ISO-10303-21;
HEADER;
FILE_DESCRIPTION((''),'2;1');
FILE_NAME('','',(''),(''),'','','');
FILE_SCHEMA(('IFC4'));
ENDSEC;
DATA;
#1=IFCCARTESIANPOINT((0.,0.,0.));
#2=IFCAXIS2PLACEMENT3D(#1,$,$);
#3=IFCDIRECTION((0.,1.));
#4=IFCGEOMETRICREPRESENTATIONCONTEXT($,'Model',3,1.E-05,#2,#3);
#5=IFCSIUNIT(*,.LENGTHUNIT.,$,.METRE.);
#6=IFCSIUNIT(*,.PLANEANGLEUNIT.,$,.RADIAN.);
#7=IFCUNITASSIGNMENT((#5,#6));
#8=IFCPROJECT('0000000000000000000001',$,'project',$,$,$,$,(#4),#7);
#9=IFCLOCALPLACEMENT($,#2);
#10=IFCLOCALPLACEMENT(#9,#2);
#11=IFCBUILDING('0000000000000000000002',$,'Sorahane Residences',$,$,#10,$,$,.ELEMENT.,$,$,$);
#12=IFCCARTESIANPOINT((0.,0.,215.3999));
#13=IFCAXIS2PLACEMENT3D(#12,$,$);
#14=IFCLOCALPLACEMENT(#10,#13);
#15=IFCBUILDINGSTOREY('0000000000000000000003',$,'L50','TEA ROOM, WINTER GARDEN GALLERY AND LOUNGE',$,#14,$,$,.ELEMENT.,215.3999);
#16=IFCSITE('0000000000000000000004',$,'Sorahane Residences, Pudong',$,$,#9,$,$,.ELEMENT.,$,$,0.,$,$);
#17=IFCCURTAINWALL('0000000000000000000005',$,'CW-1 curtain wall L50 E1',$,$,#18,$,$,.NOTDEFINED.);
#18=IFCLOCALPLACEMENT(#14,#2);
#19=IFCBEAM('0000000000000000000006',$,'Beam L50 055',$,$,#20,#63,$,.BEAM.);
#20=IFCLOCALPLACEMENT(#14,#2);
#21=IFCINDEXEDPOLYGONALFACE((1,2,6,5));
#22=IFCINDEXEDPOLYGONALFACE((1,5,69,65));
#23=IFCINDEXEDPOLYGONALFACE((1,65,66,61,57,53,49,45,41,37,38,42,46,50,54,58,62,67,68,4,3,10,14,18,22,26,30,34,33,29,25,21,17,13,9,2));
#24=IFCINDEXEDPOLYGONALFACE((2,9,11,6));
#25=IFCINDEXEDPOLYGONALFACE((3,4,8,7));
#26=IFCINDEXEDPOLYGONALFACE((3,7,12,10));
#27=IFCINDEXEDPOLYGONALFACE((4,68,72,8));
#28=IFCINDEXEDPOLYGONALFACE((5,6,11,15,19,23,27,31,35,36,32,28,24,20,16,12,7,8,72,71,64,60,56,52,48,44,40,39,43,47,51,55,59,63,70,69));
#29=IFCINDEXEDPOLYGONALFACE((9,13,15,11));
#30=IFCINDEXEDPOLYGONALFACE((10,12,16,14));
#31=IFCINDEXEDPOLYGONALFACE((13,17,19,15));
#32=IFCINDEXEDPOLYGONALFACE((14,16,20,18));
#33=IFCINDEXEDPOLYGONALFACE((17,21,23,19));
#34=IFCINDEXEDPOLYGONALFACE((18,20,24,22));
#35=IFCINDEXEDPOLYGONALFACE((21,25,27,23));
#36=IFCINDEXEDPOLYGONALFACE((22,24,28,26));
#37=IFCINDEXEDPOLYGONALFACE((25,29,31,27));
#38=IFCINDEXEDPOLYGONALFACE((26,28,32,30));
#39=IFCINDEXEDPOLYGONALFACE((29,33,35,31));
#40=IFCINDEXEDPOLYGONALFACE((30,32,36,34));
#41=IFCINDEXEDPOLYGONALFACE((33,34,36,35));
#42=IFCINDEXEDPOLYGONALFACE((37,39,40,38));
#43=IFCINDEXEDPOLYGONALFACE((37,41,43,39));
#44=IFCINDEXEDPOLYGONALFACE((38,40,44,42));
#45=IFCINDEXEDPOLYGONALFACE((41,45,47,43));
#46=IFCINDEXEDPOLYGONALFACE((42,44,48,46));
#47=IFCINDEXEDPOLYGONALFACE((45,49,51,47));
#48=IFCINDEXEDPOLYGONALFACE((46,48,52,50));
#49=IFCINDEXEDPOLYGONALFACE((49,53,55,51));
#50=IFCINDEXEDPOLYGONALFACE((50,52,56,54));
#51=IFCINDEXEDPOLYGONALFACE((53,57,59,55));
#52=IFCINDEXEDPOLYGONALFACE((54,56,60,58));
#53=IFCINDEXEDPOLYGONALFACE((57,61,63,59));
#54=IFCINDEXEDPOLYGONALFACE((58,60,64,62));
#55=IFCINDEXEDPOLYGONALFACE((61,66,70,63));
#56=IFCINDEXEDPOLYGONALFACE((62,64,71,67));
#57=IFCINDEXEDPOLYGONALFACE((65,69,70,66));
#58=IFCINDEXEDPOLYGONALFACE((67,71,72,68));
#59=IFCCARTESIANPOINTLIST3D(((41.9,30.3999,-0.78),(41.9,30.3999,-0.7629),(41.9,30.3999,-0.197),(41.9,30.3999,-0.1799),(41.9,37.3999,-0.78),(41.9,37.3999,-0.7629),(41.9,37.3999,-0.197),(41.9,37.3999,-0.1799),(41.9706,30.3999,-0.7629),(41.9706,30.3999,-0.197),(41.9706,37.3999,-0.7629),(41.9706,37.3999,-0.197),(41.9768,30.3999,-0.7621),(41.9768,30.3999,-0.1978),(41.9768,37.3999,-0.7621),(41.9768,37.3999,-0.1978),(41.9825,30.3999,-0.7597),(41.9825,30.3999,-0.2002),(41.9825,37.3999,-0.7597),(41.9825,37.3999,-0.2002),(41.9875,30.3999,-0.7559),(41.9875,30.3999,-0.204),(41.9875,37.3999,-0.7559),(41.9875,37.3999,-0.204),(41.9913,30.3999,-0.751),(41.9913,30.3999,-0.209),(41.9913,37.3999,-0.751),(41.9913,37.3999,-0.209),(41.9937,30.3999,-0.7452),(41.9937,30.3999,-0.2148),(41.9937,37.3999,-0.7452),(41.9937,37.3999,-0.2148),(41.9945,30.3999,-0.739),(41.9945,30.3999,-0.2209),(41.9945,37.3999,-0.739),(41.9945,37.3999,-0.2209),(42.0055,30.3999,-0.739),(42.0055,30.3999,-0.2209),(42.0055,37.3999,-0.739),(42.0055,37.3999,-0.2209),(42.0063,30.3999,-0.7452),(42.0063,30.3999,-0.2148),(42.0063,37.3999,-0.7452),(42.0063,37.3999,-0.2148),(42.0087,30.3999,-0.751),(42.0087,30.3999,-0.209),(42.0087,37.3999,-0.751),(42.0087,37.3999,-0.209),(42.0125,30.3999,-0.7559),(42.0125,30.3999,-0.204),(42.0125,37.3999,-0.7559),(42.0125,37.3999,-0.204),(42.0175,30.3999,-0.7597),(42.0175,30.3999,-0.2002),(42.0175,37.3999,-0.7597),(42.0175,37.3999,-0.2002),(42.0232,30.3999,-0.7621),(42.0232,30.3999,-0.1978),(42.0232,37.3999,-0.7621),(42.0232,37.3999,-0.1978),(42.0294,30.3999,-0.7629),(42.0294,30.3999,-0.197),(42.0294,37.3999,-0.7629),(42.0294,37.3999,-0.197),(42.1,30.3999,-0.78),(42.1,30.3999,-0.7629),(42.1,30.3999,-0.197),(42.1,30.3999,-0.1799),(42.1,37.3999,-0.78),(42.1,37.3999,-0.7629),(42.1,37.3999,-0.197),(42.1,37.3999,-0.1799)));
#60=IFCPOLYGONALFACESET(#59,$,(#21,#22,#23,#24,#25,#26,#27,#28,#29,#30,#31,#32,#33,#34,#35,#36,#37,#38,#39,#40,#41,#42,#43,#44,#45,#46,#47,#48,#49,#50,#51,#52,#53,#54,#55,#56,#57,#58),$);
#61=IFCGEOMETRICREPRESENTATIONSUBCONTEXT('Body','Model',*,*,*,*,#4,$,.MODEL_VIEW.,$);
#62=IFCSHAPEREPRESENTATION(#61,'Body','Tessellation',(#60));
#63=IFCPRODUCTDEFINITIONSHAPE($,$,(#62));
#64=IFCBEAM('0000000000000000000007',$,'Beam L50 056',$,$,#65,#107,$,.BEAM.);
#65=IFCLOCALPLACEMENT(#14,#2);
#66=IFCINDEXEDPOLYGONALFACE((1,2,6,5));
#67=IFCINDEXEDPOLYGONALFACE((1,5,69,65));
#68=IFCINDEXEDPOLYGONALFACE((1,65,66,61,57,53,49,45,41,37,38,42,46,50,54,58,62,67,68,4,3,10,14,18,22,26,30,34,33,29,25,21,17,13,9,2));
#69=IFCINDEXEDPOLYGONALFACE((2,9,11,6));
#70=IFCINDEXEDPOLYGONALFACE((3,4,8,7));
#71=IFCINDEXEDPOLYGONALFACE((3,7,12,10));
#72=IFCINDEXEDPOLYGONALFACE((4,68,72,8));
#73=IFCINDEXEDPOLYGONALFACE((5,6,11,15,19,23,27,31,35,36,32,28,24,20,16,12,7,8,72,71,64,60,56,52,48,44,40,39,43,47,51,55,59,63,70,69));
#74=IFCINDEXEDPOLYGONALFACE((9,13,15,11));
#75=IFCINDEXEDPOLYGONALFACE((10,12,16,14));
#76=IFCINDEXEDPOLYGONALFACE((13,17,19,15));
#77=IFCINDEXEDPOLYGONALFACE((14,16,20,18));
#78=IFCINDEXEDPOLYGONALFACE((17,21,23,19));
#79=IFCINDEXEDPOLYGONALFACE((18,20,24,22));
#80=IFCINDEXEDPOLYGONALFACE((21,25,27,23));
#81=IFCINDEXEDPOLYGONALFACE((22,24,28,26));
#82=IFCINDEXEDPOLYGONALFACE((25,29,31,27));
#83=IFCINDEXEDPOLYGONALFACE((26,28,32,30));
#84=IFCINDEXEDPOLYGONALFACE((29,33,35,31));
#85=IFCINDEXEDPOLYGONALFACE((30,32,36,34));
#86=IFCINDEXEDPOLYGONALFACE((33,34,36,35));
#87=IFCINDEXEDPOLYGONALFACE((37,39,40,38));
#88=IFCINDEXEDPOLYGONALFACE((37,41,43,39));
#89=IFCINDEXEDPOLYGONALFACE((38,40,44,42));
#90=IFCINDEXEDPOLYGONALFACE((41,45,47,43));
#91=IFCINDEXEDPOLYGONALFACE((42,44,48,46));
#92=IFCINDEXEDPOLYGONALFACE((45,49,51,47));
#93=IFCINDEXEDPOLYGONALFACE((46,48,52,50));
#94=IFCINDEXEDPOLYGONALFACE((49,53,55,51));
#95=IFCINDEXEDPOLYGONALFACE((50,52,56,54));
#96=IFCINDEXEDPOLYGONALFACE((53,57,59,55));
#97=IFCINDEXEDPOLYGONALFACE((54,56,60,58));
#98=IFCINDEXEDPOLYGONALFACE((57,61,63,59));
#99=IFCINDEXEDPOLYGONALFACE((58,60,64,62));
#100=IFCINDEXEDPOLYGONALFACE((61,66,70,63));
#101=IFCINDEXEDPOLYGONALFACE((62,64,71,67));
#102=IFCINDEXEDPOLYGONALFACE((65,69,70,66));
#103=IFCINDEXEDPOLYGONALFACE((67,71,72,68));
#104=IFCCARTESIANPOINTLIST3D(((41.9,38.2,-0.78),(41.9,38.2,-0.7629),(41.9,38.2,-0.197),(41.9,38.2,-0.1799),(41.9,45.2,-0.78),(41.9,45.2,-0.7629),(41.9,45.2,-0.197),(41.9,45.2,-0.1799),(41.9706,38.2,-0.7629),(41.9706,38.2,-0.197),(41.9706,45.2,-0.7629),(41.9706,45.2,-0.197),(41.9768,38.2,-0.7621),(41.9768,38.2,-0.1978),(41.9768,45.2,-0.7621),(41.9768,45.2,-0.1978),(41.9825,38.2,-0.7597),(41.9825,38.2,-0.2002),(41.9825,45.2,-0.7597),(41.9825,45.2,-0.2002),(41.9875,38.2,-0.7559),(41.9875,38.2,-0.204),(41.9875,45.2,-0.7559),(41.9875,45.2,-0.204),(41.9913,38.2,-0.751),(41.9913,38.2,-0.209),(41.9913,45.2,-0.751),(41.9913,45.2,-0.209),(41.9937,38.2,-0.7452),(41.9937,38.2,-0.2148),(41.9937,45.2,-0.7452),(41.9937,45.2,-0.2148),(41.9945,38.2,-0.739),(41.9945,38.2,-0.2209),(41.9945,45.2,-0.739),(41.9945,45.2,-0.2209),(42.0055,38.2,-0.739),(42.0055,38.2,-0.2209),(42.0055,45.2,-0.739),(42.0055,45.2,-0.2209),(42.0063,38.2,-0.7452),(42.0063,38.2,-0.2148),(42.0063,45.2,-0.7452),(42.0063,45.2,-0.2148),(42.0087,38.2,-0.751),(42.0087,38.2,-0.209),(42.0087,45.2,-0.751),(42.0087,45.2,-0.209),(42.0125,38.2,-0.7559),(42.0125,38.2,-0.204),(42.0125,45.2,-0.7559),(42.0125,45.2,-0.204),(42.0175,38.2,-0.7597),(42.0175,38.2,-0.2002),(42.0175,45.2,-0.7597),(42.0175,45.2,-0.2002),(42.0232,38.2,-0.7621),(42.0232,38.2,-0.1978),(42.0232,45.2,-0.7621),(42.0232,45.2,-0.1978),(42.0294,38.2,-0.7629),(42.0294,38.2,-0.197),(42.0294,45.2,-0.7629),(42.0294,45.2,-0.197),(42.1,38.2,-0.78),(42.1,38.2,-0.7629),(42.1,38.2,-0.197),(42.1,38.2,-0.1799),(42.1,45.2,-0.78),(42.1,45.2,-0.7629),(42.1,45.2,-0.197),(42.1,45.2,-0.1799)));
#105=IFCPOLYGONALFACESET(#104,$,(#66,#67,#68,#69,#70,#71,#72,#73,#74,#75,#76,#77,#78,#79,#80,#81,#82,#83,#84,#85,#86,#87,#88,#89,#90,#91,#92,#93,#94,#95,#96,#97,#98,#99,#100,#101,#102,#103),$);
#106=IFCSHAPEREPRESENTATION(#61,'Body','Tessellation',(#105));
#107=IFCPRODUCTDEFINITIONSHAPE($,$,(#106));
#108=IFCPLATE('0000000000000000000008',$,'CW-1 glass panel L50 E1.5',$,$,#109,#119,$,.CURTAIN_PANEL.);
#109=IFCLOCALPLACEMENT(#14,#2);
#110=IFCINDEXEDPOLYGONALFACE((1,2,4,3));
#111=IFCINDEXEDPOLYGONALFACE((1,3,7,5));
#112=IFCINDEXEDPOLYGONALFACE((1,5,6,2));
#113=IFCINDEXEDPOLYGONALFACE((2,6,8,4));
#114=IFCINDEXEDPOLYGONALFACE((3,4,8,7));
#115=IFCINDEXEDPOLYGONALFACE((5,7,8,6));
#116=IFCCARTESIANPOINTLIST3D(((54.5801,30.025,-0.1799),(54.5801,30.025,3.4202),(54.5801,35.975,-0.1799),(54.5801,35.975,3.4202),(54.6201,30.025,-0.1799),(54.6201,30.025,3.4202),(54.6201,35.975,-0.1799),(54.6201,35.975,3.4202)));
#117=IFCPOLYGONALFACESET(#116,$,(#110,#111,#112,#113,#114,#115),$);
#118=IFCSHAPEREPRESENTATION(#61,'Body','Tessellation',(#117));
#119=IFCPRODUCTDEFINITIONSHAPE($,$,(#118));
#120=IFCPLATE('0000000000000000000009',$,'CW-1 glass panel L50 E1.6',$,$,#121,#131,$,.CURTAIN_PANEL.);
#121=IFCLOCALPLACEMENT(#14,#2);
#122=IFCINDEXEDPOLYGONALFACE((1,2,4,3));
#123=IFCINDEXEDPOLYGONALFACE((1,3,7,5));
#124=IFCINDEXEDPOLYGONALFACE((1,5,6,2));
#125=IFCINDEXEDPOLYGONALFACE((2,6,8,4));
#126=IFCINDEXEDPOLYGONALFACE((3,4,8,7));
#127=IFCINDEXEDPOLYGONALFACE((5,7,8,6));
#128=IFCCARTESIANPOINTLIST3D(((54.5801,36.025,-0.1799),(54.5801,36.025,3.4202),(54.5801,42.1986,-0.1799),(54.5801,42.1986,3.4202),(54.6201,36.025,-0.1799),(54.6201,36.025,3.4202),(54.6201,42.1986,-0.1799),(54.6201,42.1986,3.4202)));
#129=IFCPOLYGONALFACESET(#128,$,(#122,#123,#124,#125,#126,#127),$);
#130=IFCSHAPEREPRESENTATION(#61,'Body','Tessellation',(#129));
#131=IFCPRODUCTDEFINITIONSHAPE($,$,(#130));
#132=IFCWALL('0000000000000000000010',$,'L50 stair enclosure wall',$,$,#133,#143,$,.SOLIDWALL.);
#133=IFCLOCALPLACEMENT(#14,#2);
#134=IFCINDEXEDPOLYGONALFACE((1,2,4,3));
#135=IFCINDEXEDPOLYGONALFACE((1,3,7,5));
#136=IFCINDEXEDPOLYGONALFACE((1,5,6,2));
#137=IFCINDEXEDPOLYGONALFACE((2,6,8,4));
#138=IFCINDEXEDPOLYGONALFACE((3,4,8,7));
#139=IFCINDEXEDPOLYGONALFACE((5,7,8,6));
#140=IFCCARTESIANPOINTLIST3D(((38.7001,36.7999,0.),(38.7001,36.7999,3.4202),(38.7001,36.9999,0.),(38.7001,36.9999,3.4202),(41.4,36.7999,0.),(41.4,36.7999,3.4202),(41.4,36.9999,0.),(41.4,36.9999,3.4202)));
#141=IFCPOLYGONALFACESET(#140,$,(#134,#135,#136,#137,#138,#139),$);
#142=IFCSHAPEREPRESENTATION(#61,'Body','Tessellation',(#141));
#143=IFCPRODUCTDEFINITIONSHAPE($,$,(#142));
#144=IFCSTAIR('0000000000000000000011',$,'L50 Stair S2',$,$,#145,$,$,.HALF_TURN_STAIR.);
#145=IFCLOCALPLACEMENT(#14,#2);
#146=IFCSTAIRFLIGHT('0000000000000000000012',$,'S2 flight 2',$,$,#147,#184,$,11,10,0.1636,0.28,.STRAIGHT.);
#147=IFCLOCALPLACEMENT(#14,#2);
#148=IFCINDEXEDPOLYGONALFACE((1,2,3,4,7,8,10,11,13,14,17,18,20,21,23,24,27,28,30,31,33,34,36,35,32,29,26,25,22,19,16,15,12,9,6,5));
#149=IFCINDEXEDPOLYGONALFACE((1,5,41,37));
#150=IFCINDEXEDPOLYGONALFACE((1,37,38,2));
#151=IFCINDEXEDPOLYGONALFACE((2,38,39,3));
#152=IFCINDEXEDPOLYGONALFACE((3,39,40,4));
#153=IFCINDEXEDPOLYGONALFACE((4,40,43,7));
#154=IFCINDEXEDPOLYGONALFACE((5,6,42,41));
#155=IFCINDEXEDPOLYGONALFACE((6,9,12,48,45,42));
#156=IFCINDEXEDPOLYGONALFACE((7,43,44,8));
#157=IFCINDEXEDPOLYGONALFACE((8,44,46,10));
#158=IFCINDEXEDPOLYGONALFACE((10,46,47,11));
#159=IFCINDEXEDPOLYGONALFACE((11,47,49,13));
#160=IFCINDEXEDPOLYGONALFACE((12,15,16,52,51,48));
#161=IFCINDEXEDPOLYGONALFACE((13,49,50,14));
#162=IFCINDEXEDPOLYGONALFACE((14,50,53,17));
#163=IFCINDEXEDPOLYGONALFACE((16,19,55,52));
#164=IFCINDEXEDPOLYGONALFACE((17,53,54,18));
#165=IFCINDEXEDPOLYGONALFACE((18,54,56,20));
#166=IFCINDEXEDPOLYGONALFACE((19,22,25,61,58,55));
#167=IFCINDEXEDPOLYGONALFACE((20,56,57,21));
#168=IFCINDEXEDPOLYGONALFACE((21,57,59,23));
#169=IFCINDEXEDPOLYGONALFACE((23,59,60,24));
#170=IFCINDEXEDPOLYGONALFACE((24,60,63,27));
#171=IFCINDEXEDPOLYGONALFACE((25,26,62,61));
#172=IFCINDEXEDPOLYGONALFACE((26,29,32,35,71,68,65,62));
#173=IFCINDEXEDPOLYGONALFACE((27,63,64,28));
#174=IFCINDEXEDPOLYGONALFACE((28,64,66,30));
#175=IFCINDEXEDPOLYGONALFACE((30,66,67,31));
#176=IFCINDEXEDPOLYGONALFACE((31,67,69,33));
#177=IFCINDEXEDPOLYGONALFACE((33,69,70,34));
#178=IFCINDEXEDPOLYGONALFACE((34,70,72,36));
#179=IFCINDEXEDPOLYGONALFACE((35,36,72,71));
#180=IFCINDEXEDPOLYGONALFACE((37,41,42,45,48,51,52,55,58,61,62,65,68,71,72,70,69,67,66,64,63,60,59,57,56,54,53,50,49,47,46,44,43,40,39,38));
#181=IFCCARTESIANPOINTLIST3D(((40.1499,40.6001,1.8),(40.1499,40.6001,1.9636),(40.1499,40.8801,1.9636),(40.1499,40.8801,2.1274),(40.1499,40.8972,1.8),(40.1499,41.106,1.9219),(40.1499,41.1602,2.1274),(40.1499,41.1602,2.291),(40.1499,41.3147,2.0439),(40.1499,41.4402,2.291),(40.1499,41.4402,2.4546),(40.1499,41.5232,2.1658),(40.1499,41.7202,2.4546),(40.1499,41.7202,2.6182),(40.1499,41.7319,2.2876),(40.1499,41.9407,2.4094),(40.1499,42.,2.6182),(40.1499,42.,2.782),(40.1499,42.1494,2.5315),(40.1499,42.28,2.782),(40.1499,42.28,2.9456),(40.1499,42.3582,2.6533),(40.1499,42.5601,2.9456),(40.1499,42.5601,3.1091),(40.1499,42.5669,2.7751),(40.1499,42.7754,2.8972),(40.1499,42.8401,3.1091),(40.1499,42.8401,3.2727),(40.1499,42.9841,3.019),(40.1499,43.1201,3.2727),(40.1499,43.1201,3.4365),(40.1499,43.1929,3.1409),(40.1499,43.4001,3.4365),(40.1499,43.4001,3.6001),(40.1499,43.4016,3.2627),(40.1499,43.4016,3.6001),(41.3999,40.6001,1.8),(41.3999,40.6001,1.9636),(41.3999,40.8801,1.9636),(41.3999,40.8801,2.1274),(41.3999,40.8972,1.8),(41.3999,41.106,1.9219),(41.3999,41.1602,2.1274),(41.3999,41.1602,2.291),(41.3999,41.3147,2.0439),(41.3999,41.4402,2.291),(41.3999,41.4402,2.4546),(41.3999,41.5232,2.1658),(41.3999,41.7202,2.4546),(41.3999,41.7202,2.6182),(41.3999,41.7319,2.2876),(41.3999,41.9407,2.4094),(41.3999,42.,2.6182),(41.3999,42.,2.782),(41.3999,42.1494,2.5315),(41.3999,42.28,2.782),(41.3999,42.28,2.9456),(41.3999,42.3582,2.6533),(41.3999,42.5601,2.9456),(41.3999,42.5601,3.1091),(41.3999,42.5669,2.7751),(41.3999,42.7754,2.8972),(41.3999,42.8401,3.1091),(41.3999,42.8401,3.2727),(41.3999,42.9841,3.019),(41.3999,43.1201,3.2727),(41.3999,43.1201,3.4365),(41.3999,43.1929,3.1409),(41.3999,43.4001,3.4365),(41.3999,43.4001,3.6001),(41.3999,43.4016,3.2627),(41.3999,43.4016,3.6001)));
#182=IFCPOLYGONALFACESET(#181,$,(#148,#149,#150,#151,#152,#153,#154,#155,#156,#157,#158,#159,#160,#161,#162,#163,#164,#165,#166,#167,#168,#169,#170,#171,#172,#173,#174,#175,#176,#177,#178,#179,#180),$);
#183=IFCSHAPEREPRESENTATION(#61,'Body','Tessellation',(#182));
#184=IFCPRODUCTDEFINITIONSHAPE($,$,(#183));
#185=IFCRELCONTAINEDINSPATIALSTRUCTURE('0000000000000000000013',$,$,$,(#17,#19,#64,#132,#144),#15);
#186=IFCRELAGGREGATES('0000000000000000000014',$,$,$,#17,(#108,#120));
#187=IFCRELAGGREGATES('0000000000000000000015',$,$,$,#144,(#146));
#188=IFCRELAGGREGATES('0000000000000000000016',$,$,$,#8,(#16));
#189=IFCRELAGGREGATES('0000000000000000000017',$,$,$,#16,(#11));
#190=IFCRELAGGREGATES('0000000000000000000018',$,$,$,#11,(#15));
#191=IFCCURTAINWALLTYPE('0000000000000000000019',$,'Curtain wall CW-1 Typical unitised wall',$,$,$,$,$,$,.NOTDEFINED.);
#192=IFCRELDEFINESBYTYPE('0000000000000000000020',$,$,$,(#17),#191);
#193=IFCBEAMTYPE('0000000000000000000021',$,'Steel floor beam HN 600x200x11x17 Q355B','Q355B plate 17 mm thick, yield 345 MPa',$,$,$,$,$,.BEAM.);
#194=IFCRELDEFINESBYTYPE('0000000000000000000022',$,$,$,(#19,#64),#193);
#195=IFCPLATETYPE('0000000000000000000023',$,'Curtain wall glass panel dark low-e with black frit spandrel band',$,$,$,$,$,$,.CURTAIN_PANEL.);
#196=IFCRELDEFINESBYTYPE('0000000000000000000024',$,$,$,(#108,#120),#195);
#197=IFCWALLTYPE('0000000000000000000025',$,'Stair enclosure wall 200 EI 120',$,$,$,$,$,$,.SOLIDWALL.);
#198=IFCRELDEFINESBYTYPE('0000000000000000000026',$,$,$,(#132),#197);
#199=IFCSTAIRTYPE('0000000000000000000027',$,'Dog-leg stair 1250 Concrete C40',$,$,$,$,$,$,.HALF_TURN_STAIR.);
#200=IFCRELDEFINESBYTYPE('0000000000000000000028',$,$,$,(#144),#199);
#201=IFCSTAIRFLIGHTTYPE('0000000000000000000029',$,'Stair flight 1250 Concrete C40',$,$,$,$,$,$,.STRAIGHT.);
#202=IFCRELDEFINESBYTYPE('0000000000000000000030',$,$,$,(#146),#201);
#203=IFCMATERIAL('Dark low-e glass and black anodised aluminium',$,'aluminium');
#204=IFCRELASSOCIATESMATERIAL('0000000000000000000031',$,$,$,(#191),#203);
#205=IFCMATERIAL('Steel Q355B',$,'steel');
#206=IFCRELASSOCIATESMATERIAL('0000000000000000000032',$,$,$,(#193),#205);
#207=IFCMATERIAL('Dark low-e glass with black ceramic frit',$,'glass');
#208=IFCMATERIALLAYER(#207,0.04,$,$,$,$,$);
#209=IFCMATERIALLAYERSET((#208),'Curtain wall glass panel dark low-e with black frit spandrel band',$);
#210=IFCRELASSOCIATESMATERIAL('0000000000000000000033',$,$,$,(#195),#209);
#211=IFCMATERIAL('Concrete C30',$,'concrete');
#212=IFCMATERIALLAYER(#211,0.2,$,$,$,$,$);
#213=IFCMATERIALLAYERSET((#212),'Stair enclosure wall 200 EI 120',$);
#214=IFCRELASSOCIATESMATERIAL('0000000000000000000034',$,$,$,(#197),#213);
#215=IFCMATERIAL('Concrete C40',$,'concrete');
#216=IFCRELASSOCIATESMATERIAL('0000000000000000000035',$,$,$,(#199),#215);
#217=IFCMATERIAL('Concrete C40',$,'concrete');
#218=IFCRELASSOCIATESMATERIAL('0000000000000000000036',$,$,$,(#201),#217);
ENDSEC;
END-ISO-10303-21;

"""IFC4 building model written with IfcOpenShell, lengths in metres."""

from ifc_helpers import new_model, si_unit, direction, frame, frame_2d, origin, origin_2d, place, context, subcontext, project, spatial, polyline, rectangle, i_section, outline, extrude, material, layer, layer_set, material_profile, profile_set, type_object, element, aggregate, save


model = new_model("IFC4")

# Units and contexts
model_context = context("Model", 3, precision=1e-05, world=origin(), true_north=direction((0.0, 1.0)))
body_context = subcontext(model_context, "Body", "Model", "MODEL_VIEW")
ifc_project = project(units=[si_unit("LENGTHUNIT", "METRE"), si_unit("PLANEANGLEUNIT", "RADIAN")], contexts=[model_context])

# Site, building, storey
site_placement = place(None, origin())
site = spatial("IfcSite", under=ifc_project, at=site_placement, Name="Sorahane Residences, Pudong", CompositionType="ELEMENT", RefElevation=0.0)
building_placement = place(site_placement, origin())
building = spatial("IfcBuilding", under=site, at=building_placement, Name="Sorahane Residences", CompositionType="ELEMENT")
storey_placement = place(building_placement, frame((0.0, 0.0, 215.3999)))
storey = spatial("IfcBuildingStorey", under=building, at=storey_placement, Name="L50", Description="TEA ROOM, WINTER GARDEN GALLERY AND LOUNGE", CompositionType="ELEMENT", Elevation=215.3999)

# Curtain wall
ifc_material_1 = material(Name="Dark low-e glass and black anodised aluminium", Category="aluminium")
curtain_wall_type = type_object("IfcCurtainWallType", Name="Curtain wall CW-1 Typical unitised wall", PredefinedType="NOTDEFINED", material=ifc_material_1)
curtain_wall_placement = place(storey_placement, origin())
curtain_wall = element("IfcCurtainWall", 1, at=curtain_wall_placement, inside=storey, type_object=curtain_wall_type, Name="CW-1 curtain wall L50 E1", PredefinedType="NOTDEFINED")

# Beams
ifc_material_2 = material(Name="Steel Q355B", Category="steel")
ifc_material_profile_1 = material_profile(ifc_material_2, i_section(OverallWidth=0.2, OverallDepth=0.6001, WebThickness=0.011, FlangeThickness=0.0171, FilletRadius=0.0239, at=origin_2d()), Name="HN 600x200x11x17")
ifc_profile_set_1 = profile_set([ifc_material_profile_1], Name="Steel Q355B")
beam_type_1 = type_object("IfcBeamType", Name="Steel floor beam HN 600x200x11x17 Q355B", Description="Q355B plate 17 mm thick, yield 345 MPa", PredefinedType="BEAM", material=ifc_profile_set_1)
for number, where, z_axis, x_axis, name in (
    (2, (42.0, 30.3999, -0.48), (0.0, 1.0, 0.0), (-1.0, 0.0, 0.0), "Beam L50 055"),
    (3, (42.0, 38.2, -0.48), (0.0, 1.0, 0.0), (-1.0, 0.0, 0.0), "Beam L50 056"),
):
    element("IfcBeam", number, at=place(storey_placement, frame(where, z_axis=z_axis, x_axis=x_axis)), inside=storey, type_object=beam_type_1, Name=name, PredefinedType="BEAM", context=body_context, shape_type="SweptSolid", body=[
        extrude(i_section(OverallWidth=0.2, OverallDepth=0.6001, WebThickness=0.011, FlangeThickness=0.0171, FilletRadius=0.0239, at=origin_2d()), origin(), (0.0, 0.0, 1.0), 7.0),
    ])

# Plates
ifc_material_3 = material(Name="Dark low-e glass with black ceramic frit", Category="glass")
ifc_layer_1 = layer(ifc_material_3, 0.04)
ifc_layer_set_1 = layer_set([ifc_layer_1], Name="Curtain wall glass panel dark low-e with black frit spandrel band")
plate_type = type_object("IfcPlateType", Name="Curtain wall glass panel dark low-e with black frit spandrel band", PredefinedType="CURTAIN_PANEL", material=ifc_layer_set_1)
plate_1_placement = place(storey_placement, frame((54.6001, 33.0, -0.1799), z_axis=(0.0, 0.0, 1.0), x_axis=(0.0, 1.0, 0.0)))
plate_1 = element("IfcPlate", 4, at=plate_1_placement, type_object=plate_type, Name="CW-1 glass panel L50 E1.5", PredefinedType="CURTAIN_PANEL", context=body_context, shape_type="SweptSolid", body=[
    extrude(rectangle(XDim=5.95, YDim=0.04, at=origin_2d()), origin(), (0.0, 0.0, 1.0), 3.6001),
])
plate_2_placement = place(storey_placement, frame((54.6001, 39.1118, -0.1799), z_axis=(0.0, 0.0, 1.0), x_axis=(0.0, 1.0, 0.0)))
plate_2 = element("IfcPlate", 5, at=plate_2_placement, type_object=plate_type, Name="CW-1 glass panel L50 E1.6", PredefinedType="CURTAIN_PANEL", context=body_context, shape_type="SweptSolid", body=[
    extrude(rectangle(XDim=6.1736, YDim=0.04, at=origin_2d()), origin(), (0.0, 0.0, 1.0), 3.6001),
])
aggregate(curtain_wall, [plate_1, plate_2])

# Wall
ifc_material_4 = material(Name="Concrete C30", Category="concrete")
ifc_layer_2 = layer(ifc_material_4, 0.2)
ifc_layer_set_2 = layer_set([ifc_layer_2], Name="Stair enclosure wall 200 EI 120")
wall_type = type_object("IfcWallType", Name="Stair enclosure wall 200 EI 120", PredefinedType="SOLIDWALL", material=ifc_layer_set_2)
wall_placement = place(storey_placement, frame((38.7, 36.8999, 0.0), z_axis=(0.0, 0.0, 1.0), x_axis=(1.0, 0.0, 0.0)))
element("IfcWall", 6, at=wall_placement, inside=storey, type_object=wall_type, Name="L50 stair enclosure wall", PredefinedType="SOLIDWALL", context=body_context, shape_type="SweptSolid", body=[
    extrude(rectangle(XDim=2.7, YDim=0.2, at=frame_2d((1.3501, 0.0))), origin(), (0.0, 0.0, 1.0), 3.4202),
])

# Stair, stair flight
ifc_material_5 = material(Name="Concrete C40", Category="concrete")
stair_type = type_object("IfcStairType", Name="Dog-leg stair 1250 Concrete C40", PredefinedType="HALF_TURN_STAIR", material=ifc_material_5)
stair_placement = place(storey_placement, origin())
stair = element("IfcStair", 7, at=stair_placement, inside=storey, type_object=stair_type, Name="L50 Stair S2", PredefinedType="HALF_TURN_STAIR")
ifc_material_6 = material(Name="Concrete C40", Category="concrete")
stair_flight_type = type_object("IfcStairFlightType", Name="Stair flight 1250 Concrete C40", PredefinedType="STRAIGHT", material=ifc_material_6)
stair_flight_placement = place(storey_placement, frame((40.7749, 40.6001, 1.8), z_axis=(0.0, 0.0, 1.0), x_axis=(0.0, 1.0, 0.0)))
stair_flight = element("IfcStairFlight", 8, at=stair_flight_placement, type_object=stair_flight_type, Name="S2 flight 2", NumberOfRisers=11, NumberOfTreads=10, PredefinedType="STRAIGHT", RiserHeight=0.1636, TreadLength=0.28, context=body_context, shape_type="SweptSolid", body=[
    extrude(outline(polyline([(0.0, 0.0), (0.0, 0.1636), (0.28, 0.1636), (0.28, 0.3274), (0.5601, 0.3274), (0.5601, 0.491), (0.8401, 0.491), (0.8401, 0.6545), (1.1201, 0.6545), (1.1201, 0.8181), (1.3999, 0.8181), (1.3999, 0.9819), (1.6799, 0.9819), (1.6799, 1.1455), (1.96, 1.1455), (1.96, 1.3091), (2.24, 1.3091), (2.24, 1.4727), (2.52, 1.4727), (2.52, 1.6365), (2.8, 1.6365), (2.8, 1.8), (2.8015, 1.8), (2.8015, 1.4626), (2.5928, 1.3408), (2.384, 1.219), (2.1753, 1.0972), (1.9668, 0.9751), (1.7581, 0.8533), (1.5493, 0.7314), (1.3406, 0.6094), (1.1318, 0.4875), (0.9231, 0.3657), (0.7146, 0.2439), (0.5059, 0.1218), (0.2971, 0.0), (0.0, 0.0)])), frame((0.0, 0.625, 0.0), z_axis=(0.0, -1.0, 0.0), x_axis=(1.0, 0.0, 0.0)), (0.0, 0.0, 1.0), 1.25),
])
aggregate(stair, [stair_flight])

save(model, "model.ifc")
